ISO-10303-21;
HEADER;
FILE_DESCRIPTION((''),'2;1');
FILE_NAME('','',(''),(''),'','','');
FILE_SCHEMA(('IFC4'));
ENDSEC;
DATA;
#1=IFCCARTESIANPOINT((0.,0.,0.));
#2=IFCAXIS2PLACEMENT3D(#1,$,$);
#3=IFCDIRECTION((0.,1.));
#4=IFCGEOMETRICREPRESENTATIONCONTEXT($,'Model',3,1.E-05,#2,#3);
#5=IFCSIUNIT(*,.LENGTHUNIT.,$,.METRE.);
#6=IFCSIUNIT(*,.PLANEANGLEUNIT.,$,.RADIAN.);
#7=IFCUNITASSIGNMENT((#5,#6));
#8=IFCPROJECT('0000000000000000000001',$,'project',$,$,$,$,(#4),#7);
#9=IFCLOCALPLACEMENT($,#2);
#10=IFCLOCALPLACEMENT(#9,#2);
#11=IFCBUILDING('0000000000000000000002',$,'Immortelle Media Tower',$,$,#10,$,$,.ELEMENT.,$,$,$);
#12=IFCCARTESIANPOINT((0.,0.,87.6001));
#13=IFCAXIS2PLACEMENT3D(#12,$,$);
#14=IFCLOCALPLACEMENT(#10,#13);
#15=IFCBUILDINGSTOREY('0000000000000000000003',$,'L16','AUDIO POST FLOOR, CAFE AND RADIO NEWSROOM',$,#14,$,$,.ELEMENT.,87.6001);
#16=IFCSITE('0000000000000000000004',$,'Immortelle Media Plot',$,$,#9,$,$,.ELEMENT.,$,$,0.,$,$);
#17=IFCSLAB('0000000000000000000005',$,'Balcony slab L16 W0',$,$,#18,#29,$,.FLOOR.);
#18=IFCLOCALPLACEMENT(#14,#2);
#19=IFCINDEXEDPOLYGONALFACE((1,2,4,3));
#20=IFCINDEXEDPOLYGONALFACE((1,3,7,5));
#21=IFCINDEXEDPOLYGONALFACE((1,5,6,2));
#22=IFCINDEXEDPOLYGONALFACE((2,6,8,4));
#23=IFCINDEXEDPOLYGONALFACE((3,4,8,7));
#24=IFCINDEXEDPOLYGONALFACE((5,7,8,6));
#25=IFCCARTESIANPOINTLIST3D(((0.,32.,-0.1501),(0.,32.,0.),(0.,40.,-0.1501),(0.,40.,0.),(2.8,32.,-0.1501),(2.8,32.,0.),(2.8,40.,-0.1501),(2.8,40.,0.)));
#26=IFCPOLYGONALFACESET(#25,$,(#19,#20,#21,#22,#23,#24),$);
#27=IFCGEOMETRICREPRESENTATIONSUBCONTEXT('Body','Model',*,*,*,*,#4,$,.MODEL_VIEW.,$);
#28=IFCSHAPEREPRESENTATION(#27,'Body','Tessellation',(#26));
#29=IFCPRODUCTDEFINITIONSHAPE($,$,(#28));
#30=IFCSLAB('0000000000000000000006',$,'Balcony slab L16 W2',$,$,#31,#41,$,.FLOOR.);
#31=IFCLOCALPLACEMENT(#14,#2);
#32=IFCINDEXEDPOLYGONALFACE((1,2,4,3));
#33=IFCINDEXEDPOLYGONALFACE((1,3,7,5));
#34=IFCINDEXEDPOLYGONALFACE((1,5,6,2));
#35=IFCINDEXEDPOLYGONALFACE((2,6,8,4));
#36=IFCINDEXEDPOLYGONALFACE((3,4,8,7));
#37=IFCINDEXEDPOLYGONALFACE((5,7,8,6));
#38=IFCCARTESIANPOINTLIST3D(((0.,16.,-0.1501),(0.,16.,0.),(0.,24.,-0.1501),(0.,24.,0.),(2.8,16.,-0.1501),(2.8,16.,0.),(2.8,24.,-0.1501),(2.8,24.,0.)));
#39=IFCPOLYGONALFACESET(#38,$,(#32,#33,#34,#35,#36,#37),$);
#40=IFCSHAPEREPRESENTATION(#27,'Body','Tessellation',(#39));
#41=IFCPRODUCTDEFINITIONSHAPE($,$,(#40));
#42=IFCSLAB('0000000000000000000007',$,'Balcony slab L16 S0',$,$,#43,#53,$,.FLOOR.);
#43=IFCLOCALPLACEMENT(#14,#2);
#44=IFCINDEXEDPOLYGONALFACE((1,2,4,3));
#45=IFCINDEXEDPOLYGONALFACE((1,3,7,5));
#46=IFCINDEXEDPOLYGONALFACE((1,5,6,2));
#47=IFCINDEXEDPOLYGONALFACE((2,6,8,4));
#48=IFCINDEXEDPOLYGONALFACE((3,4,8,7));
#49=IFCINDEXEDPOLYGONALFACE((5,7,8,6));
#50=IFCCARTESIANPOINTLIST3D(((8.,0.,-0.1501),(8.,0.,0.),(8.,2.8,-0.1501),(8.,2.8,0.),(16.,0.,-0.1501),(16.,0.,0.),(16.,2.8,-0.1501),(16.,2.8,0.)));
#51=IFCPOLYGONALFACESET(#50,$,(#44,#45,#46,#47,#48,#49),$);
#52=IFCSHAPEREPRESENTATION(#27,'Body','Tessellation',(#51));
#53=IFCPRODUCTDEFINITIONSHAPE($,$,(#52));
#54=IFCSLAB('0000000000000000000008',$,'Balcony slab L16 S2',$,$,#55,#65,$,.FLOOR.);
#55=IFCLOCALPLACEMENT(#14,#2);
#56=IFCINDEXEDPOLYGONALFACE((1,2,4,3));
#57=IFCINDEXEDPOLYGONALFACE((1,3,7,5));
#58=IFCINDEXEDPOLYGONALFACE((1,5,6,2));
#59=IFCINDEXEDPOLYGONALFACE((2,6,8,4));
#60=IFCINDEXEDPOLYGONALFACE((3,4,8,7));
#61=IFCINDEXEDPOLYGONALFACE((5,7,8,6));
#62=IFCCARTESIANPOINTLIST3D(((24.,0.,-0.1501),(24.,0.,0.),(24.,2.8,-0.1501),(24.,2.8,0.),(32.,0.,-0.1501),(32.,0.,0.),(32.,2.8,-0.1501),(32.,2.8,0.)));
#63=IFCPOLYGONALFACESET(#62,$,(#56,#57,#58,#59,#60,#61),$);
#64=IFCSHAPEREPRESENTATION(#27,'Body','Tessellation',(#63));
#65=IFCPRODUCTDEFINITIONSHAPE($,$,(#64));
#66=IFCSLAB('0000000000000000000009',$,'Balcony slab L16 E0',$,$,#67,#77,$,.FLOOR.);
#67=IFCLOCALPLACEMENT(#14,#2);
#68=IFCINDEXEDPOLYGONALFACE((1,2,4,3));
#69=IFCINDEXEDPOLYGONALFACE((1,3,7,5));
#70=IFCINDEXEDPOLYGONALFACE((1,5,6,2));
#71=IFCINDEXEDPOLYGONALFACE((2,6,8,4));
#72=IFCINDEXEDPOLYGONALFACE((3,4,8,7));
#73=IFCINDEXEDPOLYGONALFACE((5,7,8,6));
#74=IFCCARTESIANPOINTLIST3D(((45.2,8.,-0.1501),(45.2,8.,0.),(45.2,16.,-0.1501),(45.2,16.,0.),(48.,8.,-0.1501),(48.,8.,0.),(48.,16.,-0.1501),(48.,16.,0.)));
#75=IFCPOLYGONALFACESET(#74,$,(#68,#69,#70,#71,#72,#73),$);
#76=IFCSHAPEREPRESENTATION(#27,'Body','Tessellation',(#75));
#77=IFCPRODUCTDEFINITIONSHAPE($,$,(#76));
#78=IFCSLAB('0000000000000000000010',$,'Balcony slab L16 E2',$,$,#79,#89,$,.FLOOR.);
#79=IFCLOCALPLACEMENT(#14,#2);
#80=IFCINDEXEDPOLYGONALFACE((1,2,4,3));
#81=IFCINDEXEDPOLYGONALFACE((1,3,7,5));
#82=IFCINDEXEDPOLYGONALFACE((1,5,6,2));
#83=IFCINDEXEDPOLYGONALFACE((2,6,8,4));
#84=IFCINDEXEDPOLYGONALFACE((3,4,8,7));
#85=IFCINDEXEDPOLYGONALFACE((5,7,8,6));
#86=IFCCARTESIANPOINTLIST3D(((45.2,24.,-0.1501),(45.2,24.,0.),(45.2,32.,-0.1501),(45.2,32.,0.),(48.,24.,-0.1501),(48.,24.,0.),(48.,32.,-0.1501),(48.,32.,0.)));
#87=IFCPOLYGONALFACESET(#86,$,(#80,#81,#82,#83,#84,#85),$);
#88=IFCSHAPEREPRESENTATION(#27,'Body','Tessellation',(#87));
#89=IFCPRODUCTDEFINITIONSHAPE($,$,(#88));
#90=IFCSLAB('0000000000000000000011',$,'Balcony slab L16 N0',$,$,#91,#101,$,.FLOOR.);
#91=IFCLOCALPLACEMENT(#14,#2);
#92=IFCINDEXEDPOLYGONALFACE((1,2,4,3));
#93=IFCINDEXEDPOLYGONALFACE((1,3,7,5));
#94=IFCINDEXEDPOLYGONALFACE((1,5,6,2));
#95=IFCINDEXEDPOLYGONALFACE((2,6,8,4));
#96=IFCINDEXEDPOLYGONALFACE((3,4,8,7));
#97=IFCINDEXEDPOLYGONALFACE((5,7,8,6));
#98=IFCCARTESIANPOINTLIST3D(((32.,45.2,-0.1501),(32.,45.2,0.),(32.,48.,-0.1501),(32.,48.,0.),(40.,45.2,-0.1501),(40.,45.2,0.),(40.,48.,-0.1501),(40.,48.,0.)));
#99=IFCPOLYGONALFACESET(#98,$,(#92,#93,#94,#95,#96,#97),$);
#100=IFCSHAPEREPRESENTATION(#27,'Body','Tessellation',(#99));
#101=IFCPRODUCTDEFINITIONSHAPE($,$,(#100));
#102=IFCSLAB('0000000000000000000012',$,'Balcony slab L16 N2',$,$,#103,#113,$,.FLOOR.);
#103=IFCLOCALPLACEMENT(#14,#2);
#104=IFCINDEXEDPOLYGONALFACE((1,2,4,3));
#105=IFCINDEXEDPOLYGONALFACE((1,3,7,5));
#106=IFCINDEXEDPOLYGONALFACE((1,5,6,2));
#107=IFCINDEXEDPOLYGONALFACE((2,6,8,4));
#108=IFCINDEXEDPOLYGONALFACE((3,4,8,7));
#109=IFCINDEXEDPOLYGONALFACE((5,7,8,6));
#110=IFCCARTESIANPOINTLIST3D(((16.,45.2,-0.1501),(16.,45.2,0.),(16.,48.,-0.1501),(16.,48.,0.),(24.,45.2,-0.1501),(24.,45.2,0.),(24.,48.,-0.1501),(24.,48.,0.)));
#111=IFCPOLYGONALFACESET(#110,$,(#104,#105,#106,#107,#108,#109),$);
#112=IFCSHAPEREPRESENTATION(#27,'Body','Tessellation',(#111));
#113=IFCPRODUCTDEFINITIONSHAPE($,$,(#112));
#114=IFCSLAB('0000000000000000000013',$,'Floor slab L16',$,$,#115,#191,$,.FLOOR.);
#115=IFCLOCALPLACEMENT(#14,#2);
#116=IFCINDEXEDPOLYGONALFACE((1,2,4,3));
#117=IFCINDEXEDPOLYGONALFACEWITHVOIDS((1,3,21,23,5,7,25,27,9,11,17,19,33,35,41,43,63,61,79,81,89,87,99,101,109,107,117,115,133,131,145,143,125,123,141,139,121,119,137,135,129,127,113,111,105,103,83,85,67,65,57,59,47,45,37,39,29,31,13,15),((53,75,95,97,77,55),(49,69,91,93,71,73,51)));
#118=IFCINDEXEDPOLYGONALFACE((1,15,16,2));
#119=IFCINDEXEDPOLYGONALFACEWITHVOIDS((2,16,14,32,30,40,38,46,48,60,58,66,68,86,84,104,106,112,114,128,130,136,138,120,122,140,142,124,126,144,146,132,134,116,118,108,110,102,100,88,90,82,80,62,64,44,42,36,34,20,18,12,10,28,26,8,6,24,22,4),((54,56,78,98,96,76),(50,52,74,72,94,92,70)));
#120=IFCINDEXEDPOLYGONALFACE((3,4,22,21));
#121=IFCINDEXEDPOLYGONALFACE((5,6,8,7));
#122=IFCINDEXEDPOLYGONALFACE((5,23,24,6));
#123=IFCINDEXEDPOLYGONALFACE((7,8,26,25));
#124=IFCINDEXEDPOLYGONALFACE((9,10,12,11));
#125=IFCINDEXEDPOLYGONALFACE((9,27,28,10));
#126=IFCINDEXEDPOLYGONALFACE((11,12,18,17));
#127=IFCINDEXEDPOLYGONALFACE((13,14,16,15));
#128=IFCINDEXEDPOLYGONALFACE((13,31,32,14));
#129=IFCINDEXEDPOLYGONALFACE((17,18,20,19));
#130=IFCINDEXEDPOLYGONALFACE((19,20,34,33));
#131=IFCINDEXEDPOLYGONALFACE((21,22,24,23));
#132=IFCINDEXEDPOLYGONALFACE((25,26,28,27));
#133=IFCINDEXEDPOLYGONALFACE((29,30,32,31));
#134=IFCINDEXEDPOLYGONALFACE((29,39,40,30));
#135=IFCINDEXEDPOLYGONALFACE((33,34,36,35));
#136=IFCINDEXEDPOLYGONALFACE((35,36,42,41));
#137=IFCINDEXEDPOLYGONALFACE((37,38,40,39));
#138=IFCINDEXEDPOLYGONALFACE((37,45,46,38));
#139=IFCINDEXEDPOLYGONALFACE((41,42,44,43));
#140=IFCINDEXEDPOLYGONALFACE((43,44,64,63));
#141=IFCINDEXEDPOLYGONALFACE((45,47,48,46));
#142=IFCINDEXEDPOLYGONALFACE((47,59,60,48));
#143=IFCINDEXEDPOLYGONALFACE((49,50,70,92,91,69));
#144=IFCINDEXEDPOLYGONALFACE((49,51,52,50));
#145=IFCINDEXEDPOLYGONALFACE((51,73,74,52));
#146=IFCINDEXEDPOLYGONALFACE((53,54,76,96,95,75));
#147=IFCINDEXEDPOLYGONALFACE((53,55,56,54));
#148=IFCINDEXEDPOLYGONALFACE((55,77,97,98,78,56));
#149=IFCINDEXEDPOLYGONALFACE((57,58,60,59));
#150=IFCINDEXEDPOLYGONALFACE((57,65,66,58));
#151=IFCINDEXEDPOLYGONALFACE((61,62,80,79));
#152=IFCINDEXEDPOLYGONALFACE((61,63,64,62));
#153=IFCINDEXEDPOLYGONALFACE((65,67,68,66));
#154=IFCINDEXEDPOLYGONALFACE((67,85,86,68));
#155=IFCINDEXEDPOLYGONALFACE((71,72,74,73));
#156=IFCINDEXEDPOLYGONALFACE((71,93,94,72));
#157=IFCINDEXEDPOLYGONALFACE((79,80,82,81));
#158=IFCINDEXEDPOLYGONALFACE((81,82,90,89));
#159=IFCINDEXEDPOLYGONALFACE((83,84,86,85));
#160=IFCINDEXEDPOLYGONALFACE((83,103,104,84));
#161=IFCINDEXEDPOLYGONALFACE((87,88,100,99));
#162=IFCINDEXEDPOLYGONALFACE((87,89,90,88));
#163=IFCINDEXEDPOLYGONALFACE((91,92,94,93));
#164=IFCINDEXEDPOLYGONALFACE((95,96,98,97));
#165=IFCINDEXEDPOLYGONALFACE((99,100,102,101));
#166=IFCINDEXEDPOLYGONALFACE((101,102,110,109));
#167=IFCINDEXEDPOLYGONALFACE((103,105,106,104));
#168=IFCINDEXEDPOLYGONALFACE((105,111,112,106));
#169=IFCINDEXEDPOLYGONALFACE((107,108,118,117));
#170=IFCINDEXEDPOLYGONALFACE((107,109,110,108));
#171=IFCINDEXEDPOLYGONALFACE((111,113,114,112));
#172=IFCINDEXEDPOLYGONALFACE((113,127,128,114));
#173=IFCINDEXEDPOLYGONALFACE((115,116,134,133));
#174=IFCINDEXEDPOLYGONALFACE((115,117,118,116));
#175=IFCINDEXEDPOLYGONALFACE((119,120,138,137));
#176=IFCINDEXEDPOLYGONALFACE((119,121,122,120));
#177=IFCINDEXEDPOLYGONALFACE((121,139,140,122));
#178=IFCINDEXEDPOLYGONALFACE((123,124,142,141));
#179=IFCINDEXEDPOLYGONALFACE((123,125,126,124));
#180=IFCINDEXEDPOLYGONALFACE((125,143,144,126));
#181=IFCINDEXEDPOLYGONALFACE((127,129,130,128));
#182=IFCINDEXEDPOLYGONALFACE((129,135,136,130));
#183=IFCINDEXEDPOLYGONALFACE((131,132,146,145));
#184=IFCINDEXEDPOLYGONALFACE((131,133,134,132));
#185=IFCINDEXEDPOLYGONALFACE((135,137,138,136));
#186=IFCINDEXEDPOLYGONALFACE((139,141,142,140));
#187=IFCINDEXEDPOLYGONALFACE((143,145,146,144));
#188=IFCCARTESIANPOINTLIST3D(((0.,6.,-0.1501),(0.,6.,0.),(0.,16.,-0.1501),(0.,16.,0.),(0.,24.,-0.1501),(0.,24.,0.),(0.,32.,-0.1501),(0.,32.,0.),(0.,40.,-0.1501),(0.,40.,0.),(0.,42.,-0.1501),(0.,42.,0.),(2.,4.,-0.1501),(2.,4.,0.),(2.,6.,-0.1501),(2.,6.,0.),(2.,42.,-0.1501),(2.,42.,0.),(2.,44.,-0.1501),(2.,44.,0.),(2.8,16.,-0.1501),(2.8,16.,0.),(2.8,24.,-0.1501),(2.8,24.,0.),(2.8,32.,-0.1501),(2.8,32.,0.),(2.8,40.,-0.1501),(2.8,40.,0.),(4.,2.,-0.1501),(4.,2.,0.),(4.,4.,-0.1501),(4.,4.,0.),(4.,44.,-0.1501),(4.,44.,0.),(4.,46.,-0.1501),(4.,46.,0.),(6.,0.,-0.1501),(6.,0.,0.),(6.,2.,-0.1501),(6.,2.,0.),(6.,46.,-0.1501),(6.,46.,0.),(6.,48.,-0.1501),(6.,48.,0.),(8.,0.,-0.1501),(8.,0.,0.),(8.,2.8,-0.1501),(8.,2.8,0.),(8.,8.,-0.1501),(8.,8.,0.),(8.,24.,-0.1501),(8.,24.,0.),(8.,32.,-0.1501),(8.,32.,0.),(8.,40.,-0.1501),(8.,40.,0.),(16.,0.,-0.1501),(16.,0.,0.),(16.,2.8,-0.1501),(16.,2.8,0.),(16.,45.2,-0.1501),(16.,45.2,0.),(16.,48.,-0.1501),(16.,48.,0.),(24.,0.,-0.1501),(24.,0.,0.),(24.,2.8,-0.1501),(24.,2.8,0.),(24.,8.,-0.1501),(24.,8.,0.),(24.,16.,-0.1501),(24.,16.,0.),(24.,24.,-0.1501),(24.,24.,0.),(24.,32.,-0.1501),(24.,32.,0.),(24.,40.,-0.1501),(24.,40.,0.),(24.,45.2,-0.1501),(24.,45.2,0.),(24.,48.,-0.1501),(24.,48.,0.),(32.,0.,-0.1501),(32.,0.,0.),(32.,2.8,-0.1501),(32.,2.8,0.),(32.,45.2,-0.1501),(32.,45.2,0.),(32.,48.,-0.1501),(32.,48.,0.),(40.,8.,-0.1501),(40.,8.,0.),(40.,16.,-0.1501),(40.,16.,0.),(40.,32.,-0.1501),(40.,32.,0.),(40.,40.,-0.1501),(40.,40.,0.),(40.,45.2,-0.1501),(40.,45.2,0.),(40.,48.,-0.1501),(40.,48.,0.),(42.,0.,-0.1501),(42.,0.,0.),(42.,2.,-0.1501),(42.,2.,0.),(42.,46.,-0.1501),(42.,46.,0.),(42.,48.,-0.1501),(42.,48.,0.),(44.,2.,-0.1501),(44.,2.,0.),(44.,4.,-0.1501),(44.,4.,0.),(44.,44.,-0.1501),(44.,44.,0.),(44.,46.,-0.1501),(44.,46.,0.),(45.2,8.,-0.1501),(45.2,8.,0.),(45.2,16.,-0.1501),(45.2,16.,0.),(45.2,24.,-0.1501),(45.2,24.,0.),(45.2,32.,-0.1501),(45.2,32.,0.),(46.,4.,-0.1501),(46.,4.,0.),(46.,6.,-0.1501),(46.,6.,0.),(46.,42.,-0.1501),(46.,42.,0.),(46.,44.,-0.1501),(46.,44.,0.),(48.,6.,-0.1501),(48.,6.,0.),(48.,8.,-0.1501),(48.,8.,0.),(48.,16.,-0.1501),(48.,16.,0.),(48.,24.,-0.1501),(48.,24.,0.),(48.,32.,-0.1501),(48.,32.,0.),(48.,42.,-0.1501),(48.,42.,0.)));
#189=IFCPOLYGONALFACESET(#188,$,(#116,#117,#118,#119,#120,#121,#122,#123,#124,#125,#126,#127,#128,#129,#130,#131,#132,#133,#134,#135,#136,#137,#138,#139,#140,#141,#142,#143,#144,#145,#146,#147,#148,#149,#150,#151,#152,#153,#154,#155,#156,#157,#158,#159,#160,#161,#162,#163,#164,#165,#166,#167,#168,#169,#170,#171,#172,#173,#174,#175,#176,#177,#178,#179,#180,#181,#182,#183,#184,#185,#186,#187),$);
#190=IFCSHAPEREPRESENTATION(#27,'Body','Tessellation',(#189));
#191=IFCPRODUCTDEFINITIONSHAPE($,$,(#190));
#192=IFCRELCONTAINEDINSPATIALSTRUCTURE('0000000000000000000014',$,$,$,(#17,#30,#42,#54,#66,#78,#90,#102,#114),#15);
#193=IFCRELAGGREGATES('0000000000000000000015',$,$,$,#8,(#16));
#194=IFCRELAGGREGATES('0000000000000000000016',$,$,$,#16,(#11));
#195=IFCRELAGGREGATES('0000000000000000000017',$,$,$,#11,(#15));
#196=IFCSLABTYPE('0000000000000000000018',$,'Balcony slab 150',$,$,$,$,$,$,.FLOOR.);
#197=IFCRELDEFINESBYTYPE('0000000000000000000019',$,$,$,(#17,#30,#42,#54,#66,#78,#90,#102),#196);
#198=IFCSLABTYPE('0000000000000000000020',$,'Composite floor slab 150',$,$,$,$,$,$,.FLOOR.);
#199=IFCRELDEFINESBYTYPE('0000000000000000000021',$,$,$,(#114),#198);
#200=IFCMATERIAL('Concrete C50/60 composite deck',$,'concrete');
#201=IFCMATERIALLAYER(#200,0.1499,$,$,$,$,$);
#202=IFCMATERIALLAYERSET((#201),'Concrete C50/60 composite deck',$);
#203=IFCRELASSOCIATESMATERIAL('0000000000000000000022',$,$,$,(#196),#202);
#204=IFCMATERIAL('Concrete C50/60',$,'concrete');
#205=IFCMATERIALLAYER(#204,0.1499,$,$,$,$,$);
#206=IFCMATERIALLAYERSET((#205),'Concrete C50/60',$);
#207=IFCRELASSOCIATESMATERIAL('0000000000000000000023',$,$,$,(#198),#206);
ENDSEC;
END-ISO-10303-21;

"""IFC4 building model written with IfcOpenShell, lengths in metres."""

from ifc_helpers import new_model, si_unit, direction, frame, origin, place, context, subcontext, project, spatial, polyline, outline, extrude, material, layer, layer_set, type_object, element, save


model = new_model("IFC4")

# Units and contexts
model_context = context("Model", 3, precision=1e-05, world=origin(), true_north=direction((0.0, 1.0)))
body_context = subcontext(model_context, "Body", "Model", "MODEL_VIEW")
ifc_project = project(units=[si_unit("LENGTHUNIT", "METRE"), si_unit("PLANEANGLEUNIT", "RADIAN")], contexts=[model_context])

# Site, building, storey
site_placement = place(None, origin())
site = spatial("IfcSite", under=ifc_project, at=site_placement, Name="Immortelle Media Plot", CompositionType="ELEMENT", RefElevation=0.0)
building_placement = place(site_placement, origin())
building = spatial("IfcBuilding", under=site, at=building_placement, Name="Immortelle Media Tower", CompositionType="ELEMENT")
storey_placement = place(building_placement, frame((0.0, 0.0, 87.6001)))
storey = spatial("IfcBuildingStorey", under=building, at=storey_placement, Name="L16", Description="AUDIO POST FLOOR, CAFE AND RADIO NEWSROOM", CompositionType="ELEMENT", Elevation=87.6001)

# Slabs
ifc_material_1 = material(Name="Concrete C50/60 composite deck", Category="concrete")
ifc_layer_1 = layer(ifc_material_1, 0.1499)
ifc_layer_set_1 = layer_set([ifc_layer_1], Name="Concrete C50/60 composite deck")
slab_type_1 = type_object("IfcSlabType", Name="Balcony slab 150", PredefinedType="FLOOR", material=ifc_layer_set_1)
slab_1_placement = place(storey_placement, frame((0.0, 0.0, -0.1501)))
element("IfcSlab", 1, at=slab_1_placement, inside=storey, type_object=slab_type_1, Name="Balcony slab L16 W0", PredefinedType="FLOOR", context=body_context, shape_type="SweptSolid", body=[
    extrude(outline(polyline([(2.8, 32.0), (2.8, 40.0), (0.0, 40.0), (0.0, 32.0), (2.8, 32.0)])), origin(), (0.0, 0.0, 1.0), 0.1501),
])
slab_2_placement = place(storey_placement, frame((0.0, 0.0, -0.1501)))
element("IfcSlab", 2, at=slab_2_placement, inside=storey, type_object=slab_type_1, Name="Balcony slab L16 W2", PredefinedType="FLOOR", context=body_context, shape_type="SweptSolid", body=[
    extrude(outline(polyline([(2.8, 16.0), (2.8, 24.0), (0.0, 24.0), (0.0, 16.0), (2.8, 16.0)])), origin(), (0.0, 0.0, 1.0), 0.1501),
])
slab_3_placement = place(storey_placement, frame((0.0, 0.0, -0.1501)))
element("IfcSlab", 3, at=slab_3_placement, inside=storey, type_object=slab_type_1, Name="Balcony slab L16 S0", PredefinedType="FLOOR", context=body_context, shape_type="SweptSolid", body=[
    extrude(outline(polyline([(16.0, 0.0), (16.0, 2.8), (8.0, 2.8), (8.0, 0.0), (16.0, 0.0)])), origin(), (0.0, 0.0, 1.0), 0.1501),
])
slab_4_placement = place(storey_placement, frame((0.0, 0.0, -0.1501)))
element("IfcSlab", 4, at=slab_4_placement, inside=storey, type_object=slab_type_1, Name="Balcony slab L16 S2", PredefinedType="FLOOR", context=body_context, shape_type="SweptSolid", body=[
    extrude(outline(polyline([(32.0, 0.0), (32.0, 2.8), (24.0, 2.8), (24.0, 0.0), (32.0, 0.0)])), origin(), (0.0, 0.0, 1.0), 0.1501),
])
slab_5_placement = place(storey_placement, frame((0.0, 0.0, -0.1501)))
element("IfcSlab", 5, at=slab_5_placement, inside=storey, type_object=slab_type_1, Name="Balcony slab L16 E0", PredefinedType="FLOOR", context=body_context, shape_type="SweptSolid", body=[
    extrude(outline(polyline([(48.0, 8.0), (48.0, 16.0), (45.2, 16.0), (45.2, 8.0), (48.0, 8.0)])), origin(), (0.0, 0.0, 1.0), 0.1501),
])
slab_6_placement = place(storey_placement, frame((0.0, 0.0, -0.1501)))
element("IfcSlab", 6, at=slab_6_placement, inside=storey, type_object=slab_type_1, Name="Balcony slab L16 E2", PredefinedType="FLOOR", context=body_context, shape_type="SweptSolid", body=[
    extrude(outline(polyline([(48.0, 24.0), (48.0, 32.0), (45.2, 32.0), (45.2, 24.0), (48.0, 24.0)])), origin(), (0.0, 0.0, 1.0), 0.1501),
])
slab_7_placement = place(storey_placement, frame((0.0, 0.0, -0.1501)))
element("IfcSlab", 7, at=slab_7_placement, inside=storey, type_object=slab_type_1, Name="Balcony slab L16 N0", PredefinedType="FLOOR", context=body_context, shape_type="SweptSolid", body=[
    extrude(outline(polyline([(40.0, 45.2), (40.0, 48.0), (32.0, 48.0), (32.0, 45.2), (40.0, 45.2)])), origin(), (0.0, 0.0, 1.0), 0.1501),
])
slab_8_placement = place(storey_placement, frame((0.0, 0.0, -0.1501)))
element("IfcSlab", 8, at=slab_8_placement, inside=storey, type_object=slab_type_1, Name="Balcony slab L16 N2", PredefinedType="FLOOR", context=body_context, shape_type="SweptSolid", body=[
    extrude(outline(polyline([(24.0, 45.2), (24.0, 48.0), (16.0, 48.0), (16.0, 45.2), (24.0, 45.2)])), origin(), (0.0, 0.0, 1.0), 0.1501),
])
ifc_material_2 = material(Name="Concrete C50/60", Category="concrete")
ifc_layer_2 = layer(ifc_material_2, 0.1499)
ifc_layer_set_2 = layer_set([ifc_layer_2], Name="Concrete C50/60")
slab_type_2 = type_object("IfcSlabType", Name="Composite floor slab 150", PredefinedType="FLOOR", material=ifc_layer_set_2)
slab_9_placement = place(storey_placement, frame((0.0, 0.0, -0.1501)))
element("IfcSlab", 9, at=slab_9_placement, inside=storey, type_object=slab_type_2, Name="Floor slab L16", PredefinedType="FLOOR", context=body_context, shape_type="SweptSolid", body=[
    extrude(outline(polyline([(6.0, 0.0), (6.0, 2.0), (4.0, 2.0), (4.0, 4.0), (2.0, 4.0), (2.0, 6.0), (0.0, 6.0), (0.0, 16.0), (2.8, 16.0), (2.8, 24.0), (0.0, 24.0), (0.0, 32.0), (2.8, 32.0), (2.8, 40.0), (0.0, 40.0), (0.0, 42.0), (2.0, 42.0), (2.0, 44.0), (4.0, 44.0), (4.0, 46.0), (6.0, 46.0), (6.0, 48.0), (16.0, 48.0), (16.0, 45.2), (24.0, 45.2), (24.0, 48.0), (32.0, 48.0), (32.0, 45.2), (40.0, 45.2), (40.0, 48.0), (42.0, 48.0), (42.0, 46.0), (44.0, 46.0), (44.0, 44.0), (46.0, 44.0), (46.0, 42.0), (48.0, 42.0), (48.0, 32.0), (45.2, 32.0), (45.2, 24.0), (48.0, 24.0), (48.0, 16.0), (45.2, 16.0), (45.2, 8.0), (48.0, 8.0), (48.0, 6.0), (46.0, 6.0), (46.0, 4.0), (44.0, 4.0), (44.0, 2.0), (42.0, 2.0), (42.0, 0.0), (32.0, 0.0), (32.0, 2.8), (24.0, 2.8), (24.0, 0.0), (16.0, 0.0), (16.0, 2.8), (8.0, 2.8), (8.0, 0.0), (6.0, 0.0)]), holes=[polyline([(24.0, 24.0), (8.0, 24.0), (8.0, 8.0), (24.0, 8.0), (40.0, 8.0), (40.0, 16.0), (24.0, 16.0), (24.0, 24.0)]), polyline([(24.0, 32.0), (40.0, 32.0), (40.0, 40.0), (24.0, 40.0), (8.0, 40.0), (8.0, 32.0), (24.0, 32.0)])]), origin(), (0.0, 0.0, 1.0), 0.1501),
])

save(model, "model.ifc")
